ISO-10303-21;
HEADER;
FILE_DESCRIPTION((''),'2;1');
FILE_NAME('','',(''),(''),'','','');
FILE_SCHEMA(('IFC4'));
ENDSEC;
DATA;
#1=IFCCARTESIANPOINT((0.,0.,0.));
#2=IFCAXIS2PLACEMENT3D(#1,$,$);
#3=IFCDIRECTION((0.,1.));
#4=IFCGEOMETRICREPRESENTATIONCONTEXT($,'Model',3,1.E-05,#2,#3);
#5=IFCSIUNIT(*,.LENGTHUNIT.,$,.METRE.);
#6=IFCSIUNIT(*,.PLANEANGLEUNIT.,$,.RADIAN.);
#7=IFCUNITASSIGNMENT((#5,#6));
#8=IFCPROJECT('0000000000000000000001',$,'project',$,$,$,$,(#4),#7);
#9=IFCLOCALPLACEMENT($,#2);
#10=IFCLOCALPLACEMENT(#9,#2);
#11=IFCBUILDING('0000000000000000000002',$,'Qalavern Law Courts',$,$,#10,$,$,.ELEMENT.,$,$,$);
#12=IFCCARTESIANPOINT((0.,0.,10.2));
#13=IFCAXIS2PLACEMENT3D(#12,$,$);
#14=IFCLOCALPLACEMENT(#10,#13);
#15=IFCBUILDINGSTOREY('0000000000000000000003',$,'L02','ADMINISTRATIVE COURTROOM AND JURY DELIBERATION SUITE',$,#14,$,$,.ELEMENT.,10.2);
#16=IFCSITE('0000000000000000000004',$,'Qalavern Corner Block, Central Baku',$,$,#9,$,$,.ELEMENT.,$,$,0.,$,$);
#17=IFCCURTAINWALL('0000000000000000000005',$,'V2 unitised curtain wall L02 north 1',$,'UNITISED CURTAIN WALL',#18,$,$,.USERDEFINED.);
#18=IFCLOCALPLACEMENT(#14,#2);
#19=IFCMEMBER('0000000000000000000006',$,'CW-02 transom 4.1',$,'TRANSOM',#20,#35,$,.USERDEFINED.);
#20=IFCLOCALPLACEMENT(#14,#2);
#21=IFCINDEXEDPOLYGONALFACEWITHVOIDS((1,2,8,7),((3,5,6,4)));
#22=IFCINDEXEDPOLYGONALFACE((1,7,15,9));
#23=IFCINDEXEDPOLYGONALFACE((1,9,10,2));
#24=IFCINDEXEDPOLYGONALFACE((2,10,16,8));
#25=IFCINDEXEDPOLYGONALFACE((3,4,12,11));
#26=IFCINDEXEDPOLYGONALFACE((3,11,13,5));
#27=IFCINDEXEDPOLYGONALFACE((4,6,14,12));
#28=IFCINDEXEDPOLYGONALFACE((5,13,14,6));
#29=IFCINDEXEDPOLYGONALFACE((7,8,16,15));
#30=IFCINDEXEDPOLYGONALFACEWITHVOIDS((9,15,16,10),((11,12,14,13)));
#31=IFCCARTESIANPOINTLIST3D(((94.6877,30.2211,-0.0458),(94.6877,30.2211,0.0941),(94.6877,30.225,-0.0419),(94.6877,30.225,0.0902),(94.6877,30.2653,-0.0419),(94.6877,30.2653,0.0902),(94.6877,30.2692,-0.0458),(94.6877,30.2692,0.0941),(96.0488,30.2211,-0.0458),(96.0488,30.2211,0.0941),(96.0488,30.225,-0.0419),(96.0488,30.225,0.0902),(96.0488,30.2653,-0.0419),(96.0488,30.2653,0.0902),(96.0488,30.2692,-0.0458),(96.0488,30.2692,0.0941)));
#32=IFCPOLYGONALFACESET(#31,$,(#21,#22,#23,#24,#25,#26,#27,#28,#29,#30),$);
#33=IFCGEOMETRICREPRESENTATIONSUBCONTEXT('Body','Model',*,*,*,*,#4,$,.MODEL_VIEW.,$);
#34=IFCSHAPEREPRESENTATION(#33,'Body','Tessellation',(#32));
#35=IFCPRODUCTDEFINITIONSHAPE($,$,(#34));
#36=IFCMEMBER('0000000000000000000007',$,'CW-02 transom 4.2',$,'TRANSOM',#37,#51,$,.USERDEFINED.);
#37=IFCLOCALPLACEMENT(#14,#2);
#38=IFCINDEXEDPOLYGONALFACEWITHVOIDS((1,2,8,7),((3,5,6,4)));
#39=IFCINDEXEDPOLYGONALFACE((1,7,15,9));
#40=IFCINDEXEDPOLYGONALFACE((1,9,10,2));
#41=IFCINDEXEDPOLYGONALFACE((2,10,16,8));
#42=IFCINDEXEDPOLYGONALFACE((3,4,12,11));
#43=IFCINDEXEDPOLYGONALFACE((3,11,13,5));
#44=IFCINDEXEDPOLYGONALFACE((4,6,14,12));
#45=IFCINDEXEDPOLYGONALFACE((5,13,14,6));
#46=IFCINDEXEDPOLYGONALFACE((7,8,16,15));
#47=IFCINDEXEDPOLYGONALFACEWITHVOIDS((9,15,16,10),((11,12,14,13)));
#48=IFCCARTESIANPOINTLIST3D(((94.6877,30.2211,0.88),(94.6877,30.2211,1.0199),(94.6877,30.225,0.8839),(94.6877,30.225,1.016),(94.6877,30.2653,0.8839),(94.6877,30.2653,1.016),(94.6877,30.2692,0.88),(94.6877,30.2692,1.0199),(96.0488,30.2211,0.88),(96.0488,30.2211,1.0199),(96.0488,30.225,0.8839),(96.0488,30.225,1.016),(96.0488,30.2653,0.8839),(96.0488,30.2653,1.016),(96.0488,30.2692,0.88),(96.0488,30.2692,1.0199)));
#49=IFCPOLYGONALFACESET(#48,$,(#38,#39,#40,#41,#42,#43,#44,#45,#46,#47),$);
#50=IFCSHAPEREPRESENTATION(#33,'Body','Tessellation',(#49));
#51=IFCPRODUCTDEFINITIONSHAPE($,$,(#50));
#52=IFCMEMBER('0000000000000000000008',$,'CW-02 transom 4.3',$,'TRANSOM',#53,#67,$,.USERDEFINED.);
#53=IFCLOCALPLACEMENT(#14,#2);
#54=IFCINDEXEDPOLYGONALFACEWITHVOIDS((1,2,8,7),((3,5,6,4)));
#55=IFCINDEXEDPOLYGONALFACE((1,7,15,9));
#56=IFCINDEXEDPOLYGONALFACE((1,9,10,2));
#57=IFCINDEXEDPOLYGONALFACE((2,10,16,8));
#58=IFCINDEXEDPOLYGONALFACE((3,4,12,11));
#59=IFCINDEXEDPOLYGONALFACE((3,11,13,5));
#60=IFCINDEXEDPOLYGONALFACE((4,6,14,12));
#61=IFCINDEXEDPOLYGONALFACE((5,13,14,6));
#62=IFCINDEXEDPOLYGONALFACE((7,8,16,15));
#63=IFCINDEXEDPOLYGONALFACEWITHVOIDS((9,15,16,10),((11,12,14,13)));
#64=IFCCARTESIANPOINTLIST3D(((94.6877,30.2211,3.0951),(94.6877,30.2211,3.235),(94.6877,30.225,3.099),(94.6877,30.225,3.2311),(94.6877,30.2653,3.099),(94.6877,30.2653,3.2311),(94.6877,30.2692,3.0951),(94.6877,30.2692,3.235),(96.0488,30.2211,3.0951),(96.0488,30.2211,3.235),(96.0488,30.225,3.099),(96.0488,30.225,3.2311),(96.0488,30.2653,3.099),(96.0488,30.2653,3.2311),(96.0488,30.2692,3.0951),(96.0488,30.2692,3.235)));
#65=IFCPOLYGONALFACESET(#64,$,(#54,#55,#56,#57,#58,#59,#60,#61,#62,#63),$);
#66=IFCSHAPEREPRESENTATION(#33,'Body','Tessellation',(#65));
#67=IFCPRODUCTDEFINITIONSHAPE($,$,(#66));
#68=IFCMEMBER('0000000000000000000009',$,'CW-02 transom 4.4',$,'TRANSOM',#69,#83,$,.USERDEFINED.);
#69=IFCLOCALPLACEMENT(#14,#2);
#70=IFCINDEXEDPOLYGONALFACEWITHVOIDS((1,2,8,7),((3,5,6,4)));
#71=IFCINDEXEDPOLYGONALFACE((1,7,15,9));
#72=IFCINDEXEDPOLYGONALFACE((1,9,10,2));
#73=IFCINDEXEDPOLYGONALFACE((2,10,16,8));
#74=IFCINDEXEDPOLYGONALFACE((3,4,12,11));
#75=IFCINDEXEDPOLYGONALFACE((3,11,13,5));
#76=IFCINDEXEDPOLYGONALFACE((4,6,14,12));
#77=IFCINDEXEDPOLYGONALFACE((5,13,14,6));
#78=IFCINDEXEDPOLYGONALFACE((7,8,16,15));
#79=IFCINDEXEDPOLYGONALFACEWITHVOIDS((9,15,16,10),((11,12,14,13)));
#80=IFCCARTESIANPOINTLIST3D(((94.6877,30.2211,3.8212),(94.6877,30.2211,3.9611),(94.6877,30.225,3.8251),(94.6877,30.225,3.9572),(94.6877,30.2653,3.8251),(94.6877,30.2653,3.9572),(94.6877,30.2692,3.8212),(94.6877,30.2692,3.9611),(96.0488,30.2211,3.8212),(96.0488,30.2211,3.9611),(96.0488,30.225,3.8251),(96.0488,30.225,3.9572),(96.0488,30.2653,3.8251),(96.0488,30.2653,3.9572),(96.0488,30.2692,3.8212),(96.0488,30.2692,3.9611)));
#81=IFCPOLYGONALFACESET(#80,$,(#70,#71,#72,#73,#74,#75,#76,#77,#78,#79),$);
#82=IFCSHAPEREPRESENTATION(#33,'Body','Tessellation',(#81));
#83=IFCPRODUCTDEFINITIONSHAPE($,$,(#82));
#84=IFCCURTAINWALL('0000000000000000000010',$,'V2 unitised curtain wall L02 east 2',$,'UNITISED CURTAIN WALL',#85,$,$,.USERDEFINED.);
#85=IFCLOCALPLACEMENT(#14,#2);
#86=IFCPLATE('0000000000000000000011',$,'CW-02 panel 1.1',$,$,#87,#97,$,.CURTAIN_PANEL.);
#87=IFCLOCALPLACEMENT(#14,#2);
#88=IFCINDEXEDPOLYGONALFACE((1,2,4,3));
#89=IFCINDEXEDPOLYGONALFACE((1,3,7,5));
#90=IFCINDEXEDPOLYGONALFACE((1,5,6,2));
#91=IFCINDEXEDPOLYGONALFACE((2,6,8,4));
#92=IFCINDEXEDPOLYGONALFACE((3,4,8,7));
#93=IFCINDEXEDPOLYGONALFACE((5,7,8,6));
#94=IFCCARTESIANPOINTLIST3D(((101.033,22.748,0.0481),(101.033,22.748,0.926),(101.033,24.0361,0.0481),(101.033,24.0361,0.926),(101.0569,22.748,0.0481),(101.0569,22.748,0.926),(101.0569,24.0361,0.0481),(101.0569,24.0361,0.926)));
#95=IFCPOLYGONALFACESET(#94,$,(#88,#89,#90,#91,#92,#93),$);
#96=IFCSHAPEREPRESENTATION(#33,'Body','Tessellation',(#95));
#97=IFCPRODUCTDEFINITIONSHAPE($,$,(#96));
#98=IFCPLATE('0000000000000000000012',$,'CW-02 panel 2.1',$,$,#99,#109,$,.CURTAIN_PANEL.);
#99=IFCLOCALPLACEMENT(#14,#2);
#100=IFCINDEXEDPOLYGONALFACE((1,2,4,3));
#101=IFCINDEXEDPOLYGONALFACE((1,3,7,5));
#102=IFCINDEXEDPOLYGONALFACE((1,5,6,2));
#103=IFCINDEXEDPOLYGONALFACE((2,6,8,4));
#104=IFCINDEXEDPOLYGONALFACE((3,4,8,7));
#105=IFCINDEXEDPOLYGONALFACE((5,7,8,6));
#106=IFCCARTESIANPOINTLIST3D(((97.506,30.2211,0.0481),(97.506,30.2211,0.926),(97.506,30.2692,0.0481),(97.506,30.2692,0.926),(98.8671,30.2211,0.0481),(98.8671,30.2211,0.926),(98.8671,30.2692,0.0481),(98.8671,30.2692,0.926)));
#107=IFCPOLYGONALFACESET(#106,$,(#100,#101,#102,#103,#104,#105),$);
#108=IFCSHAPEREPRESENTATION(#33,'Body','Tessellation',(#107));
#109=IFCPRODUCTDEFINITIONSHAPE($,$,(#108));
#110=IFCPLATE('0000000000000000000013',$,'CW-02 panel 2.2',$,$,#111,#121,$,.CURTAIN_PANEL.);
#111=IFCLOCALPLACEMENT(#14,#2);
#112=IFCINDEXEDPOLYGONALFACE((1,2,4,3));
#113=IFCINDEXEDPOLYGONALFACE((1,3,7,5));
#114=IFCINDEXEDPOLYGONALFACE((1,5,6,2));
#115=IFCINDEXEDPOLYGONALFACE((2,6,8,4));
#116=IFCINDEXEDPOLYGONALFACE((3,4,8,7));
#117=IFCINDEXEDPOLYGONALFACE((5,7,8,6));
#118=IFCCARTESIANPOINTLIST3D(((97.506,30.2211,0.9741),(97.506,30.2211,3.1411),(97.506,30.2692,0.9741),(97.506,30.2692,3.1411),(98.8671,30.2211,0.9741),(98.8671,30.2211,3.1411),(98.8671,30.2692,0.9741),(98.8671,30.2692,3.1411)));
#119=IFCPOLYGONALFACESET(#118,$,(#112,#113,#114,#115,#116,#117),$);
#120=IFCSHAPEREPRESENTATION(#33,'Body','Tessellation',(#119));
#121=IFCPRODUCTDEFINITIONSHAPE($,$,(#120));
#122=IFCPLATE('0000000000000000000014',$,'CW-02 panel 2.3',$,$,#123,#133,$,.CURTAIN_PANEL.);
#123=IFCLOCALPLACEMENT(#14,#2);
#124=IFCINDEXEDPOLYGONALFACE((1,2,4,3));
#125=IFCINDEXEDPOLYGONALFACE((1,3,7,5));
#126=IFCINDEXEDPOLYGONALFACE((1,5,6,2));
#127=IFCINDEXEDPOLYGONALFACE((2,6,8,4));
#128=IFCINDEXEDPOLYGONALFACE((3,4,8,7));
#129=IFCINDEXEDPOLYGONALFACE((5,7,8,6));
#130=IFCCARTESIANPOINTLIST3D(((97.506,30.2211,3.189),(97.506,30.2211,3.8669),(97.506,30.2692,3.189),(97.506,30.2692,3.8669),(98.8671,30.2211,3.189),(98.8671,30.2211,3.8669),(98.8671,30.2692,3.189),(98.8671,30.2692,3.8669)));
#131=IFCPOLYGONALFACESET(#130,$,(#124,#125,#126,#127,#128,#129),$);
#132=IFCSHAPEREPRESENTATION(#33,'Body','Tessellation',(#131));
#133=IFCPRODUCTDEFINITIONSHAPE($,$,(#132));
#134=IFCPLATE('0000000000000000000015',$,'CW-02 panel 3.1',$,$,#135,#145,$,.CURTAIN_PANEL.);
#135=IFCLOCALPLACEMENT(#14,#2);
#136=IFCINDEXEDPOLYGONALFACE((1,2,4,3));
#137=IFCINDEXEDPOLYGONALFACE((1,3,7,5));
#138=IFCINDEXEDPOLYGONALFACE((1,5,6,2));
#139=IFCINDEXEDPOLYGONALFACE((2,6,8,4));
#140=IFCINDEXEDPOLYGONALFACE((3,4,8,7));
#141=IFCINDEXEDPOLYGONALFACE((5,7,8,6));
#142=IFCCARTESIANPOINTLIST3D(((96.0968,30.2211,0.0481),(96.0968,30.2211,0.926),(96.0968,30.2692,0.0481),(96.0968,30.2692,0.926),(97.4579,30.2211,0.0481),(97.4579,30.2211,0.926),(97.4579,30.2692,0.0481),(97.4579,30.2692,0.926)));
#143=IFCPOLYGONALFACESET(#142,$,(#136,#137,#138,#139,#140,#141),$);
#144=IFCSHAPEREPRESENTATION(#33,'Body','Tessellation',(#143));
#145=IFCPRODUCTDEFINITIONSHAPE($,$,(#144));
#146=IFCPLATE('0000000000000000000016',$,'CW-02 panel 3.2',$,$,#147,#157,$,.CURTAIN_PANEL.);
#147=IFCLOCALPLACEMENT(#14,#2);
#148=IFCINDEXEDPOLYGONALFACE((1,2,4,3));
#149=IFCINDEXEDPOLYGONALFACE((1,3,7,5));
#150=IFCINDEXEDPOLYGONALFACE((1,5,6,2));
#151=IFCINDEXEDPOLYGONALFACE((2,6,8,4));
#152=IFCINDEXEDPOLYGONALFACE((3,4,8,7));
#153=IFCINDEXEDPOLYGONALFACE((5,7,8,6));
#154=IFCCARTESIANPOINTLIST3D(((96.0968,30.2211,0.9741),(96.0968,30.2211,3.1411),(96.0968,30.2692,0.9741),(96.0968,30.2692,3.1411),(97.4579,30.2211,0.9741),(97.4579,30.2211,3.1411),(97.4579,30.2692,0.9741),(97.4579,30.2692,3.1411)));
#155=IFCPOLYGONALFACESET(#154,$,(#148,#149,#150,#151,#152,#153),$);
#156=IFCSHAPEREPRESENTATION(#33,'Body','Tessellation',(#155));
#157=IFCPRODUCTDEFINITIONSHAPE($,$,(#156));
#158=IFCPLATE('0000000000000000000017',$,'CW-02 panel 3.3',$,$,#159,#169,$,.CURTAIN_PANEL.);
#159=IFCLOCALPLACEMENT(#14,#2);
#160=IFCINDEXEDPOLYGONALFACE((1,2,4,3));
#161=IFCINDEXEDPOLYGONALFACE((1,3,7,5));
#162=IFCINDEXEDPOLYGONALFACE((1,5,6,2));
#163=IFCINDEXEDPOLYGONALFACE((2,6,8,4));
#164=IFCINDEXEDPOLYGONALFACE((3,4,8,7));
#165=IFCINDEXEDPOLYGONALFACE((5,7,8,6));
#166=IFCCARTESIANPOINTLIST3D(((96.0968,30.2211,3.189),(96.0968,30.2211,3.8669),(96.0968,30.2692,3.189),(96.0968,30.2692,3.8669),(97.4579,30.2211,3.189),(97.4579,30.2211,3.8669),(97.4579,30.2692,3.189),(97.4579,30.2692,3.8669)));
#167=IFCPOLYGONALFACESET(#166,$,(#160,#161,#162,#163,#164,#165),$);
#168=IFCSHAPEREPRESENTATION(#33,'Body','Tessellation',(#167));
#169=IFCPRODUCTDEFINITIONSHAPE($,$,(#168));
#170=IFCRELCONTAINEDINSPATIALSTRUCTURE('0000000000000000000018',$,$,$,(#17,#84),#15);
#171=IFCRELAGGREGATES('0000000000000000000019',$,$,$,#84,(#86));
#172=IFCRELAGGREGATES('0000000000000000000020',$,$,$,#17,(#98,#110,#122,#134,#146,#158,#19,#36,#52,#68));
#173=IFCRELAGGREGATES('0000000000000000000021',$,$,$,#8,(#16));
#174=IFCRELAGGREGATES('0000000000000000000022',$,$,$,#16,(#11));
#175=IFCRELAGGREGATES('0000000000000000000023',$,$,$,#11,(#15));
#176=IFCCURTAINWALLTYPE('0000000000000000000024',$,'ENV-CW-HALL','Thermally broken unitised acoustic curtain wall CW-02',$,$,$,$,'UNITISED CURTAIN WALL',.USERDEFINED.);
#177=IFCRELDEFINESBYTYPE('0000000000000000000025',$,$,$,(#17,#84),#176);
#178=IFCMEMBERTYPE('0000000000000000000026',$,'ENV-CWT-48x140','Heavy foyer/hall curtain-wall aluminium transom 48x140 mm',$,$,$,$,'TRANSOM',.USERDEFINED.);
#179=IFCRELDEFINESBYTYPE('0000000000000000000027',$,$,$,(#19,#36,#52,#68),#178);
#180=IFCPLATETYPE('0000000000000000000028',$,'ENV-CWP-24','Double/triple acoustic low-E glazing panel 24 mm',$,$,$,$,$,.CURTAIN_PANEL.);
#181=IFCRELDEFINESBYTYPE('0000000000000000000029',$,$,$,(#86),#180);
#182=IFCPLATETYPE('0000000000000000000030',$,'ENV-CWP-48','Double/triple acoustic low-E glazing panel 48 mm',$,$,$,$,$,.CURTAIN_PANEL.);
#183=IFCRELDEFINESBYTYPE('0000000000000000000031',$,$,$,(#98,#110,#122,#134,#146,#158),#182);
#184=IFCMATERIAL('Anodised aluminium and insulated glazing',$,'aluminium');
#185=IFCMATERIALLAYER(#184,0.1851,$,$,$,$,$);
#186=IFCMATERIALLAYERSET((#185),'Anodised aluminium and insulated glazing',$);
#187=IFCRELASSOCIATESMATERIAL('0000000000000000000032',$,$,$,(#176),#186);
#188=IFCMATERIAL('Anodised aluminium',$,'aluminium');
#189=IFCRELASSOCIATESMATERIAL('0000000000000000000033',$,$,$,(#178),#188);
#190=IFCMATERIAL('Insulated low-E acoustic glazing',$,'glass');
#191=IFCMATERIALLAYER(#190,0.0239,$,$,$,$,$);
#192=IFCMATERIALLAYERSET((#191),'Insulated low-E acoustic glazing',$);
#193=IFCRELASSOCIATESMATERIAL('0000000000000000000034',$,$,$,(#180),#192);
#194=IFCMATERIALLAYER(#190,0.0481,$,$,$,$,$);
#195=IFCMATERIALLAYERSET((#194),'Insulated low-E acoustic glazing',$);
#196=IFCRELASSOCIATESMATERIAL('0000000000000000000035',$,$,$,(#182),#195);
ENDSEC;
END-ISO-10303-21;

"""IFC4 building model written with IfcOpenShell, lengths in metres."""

from ifc_helpers import new_model, si_unit, direction, frame, origin, origin_2d, place, context, subcontext, project, spatial, rectangle, hollow_rectangle, extrude, material, layer, layer_set, material_profile, profile_set, type_object, element, aggregate, save


model = new_model("IFC4")

# Units and contexts
model_context = context("Model", 3, precision=1e-05, world=origin(), true_north=direction((0.0, 1.0)))
body_context = subcontext(model_context, "Body", "Model", "MODEL_VIEW")
ifc_project = project(units=[si_unit("LENGTHUNIT", "METRE"), si_unit("PLANEANGLEUNIT", "RADIAN")], contexts=[model_context])

# Site, building, storey
site_placement = place(None, origin())
site = spatial("IfcSite", under=ifc_project, at=site_placement, Name="Qalavern Corner Block, Central Baku", CompositionType="ELEMENT", RefElevation=0.0)
building_placement = place(site_placement, origin())
building = spatial("IfcBuilding", under=site, at=building_placement, Name="Qalavern Law Courts", CompositionType="ELEMENT")
storey_placement = place(building_placement, frame((0.0, 0.0, 10.2)))
storey = spatial("IfcBuildingStorey", under=building, at=storey_placement, Name="L02", Description="ADMINISTRATIVE COURTROOM AND JURY DELIBERATION SUITE", CompositionType="ELEMENT", Elevation=10.2)

# Curtain wall, members
ifc_material_1 = material(Name="Anodised aluminium and insulated glazing", Category="aluminium")
ifc_layer_1 = layer(ifc_material_1, 0.1851)
ifc_layer_set_1 = layer_set([ifc_layer_1], Name="Anodised aluminium and insulated glazing")
curtain_wall_type = type_object("IfcCurtainWallType", Name="ENV-CW-HALL", Description="Thermally broken unitised acoustic curtain wall CW-02", ElementType="UNITISED CURTAIN WALL", PredefinedType="USERDEFINED", material=ifc_layer_set_1)
curtain_wall_1_placement = place(storey_placement, origin())
curtain_wall_1 = element("IfcCurtainWall", 1, at=curtain_wall_1_placement, inside=storey, type_object=curtain_wall_type, Name="V2 unitised curtain wall L02 north 1", ObjectType="UNITISED CURTAIN WALL", PredefinedType="USERDEFINED")
ifc_material_2 = material(Name="Anodised aluminium", Category="aluminium")
ifc_material_profile_1 = material_profile(ifc_material_2, hollow_rectangle(XDim=0.0481, YDim=0.1399, WallThickness=0.0039, at=origin_2d()), Name="ALU TRANSOM 48x140")
ifc_profile_set_1 = profile_set([ifc_material_profile_1], Name="Anodised aluminium")
member_type_1 = type_object("IfcMemberType", Name="ENV-CWT-48x140", Description="Heavy foyer/hall curtain-wall aluminium transom 48x140 mm", ElementType="TRANSOM", PredefinedType="USERDEFINED", material=ifc_profile_set_1)
member_1_placement = place(storey_placement, frame((96.0488, 30.2451, 0.0242), z_axis=(-1.0, 0.0, 0.0), x_axis=(0.0, -1.0, 0.0)))
member_1 = element("IfcMember", 2, at=member_1_placement, type_object=member_type_1, Name="CW-02 transom 4.1", ObjectType="TRANSOM", PredefinedType="USERDEFINED", context=body_context, shape_type="SweptSolid", body=[
    extrude(hollow_rectangle(XDim=0.0481, YDim=0.1399, WallThickness=0.0039, at=origin_2d()), origin(), (0.0, 0.0, 1.0), 1.3611),
])
member_2_placement = place(storey_placement, frame((96.0488, 30.2451, 0.95), z_axis=(-1.0, 0.0, 0.0), x_axis=(0.0, -1.0, 0.0)))
member_2 = element("IfcMember", 3, at=member_2_placement, type_object=member_type_1, Name="CW-02 transom 4.2", ObjectType="TRANSOM", PredefinedType="USERDEFINED", context=body_context, shape_type="SweptSolid", body=[
    extrude(hollow_rectangle(XDim=0.0481, YDim=0.1399, WallThickness=0.0039, at=origin_2d()), origin(), (0.0, 0.0, 1.0), 1.3611),
])
member_3_placement = place(storey_placement, frame((96.0488, 30.2451, 3.165), z_axis=(-1.0, 0.0, 0.0), x_axis=(0.0, -1.0, 0.0)))
member_3 = element("IfcMember", 4, at=member_3_placement, type_object=member_type_1, Name="CW-02 transom 4.3", ObjectType="TRANSOM", PredefinedType="USERDEFINED", context=body_context, shape_type="SweptSolid", body=[
    extrude(hollow_rectangle(XDim=0.0481, YDim=0.1399, WallThickness=0.0039, at=origin_2d()), origin(), (0.0, 0.0, 1.0), 1.3611),
])
member_4_placement = place(storey_placement, frame((96.0488, 30.2451, 3.8911), z_axis=(-1.0, 0.0, 0.0), x_axis=(0.0, -1.0, 0.0)))
member_4 = element("IfcMember", 5, at=member_4_placement, type_object=member_type_1, Name="CW-02 transom 4.4", ObjectType="TRANSOM", PredefinedType="USERDEFINED", context=body_context, shape_type="SweptSolid", body=[
    extrude(hollow_rectangle(XDim=0.0481, YDim=0.1399, WallThickness=0.0039, at=origin_2d()), origin(), (0.0, 0.0, 1.0), 1.3611),
])

# Curtain wall, plate
curtain_wall_2_placement = place(storey_placement, origin())
curtain_wall_2 = element("IfcCurtainWall", 6, at=curtain_wall_2_placement, inside=storey, type_object=curtain_wall_type, Name="V2 unitised curtain wall L02 east 2", ObjectType="UNITISED CURTAIN WALL", PredefinedType="USERDEFINED")
ifc_material_3 = material(Name="Insulated low-E acoustic glazing", Category="glass")
ifc_layer_2 = layer(ifc_material_3, 0.0239)
ifc_layer_set_2 = layer_set([ifc_layer_2], Name="Insulated low-E acoustic glazing")
plate_type_1 = type_object("IfcPlateType", Name="ENV-CWP-24", Description="Double/triple acoustic low-E glazing panel 24 mm", PredefinedType="CURTAIN_PANEL", material=ifc_layer_set_2)
plate_1_placement = place(storey_placement, frame((101.0449, 23.3921, 0.0481), z_axis=(0.0, 0.0, 1.0), x_axis=(0.0, 1.0, 0.0)))
plate_1 = element("IfcPlate", 7, at=plate_1_placement, type_object=plate_type_1, Name="CW-02 panel 1.1", PredefinedType="CURTAIN_PANEL", context=body_context, shape_type="SweptSolid", body=[
    extrude(rectangle(XDim=1.2881, YDim=0.0239, at=origin_2d()), origin(), (0.0, 0.0, 1.0), 0.8779),
])
aggregate(curtain_wall_2, [plate_1])

# Plates
ifc_layer_3 = layer(ifc_material_3, 0.0481)
ifc_layer_set_3 = layer_set([ifc_layer_3], Name="Insulated low-E acoustic glazing")
plate_type_2 = type_object("IfcPlateType", Name="ENV-CWP-48", Description="Double/triple acoustic low-E glazing panel 48 mm", PredefinedType="CURTAIN_PANEL", material=ifc_layer_set_3)
plate_2_placement = place(storey_placement, frame((98.1865, 30.2451, 0.0481), z_axis=(0.0, 0.0, 1.0), x_axis=(-1.0, 0.0, 0.0)))
plate_2 = element("IfcPlate", 8, at=plate_2_placement, type_object=plate_type_2, Name="CW-02 panel 2.1", PredefinedType="CURTAIN_PANEL", context=body_context, shape_type="SweptSolid", body=[
    extrude(rectangle(XDim=1.3611, YDim=0.0481, at=origin_2d()), origin(), (0.0, 0.0, 1.0), 0.8779),
])
plate_3_placement = place(storey_placement, frame((98.1865, 30.2451, 0.9741), z_axis=(0.0, 0.0, 1.0), x_axis=(-1.0, 0.0, 0.0)))
plate_3 = element("IfcPlate", 9, at=plate_3_placement, type_object=plate_type_2, Name="CW-02 panel 2.2", PredefinedType="CURTAIN_PANEL", context=body_context, shape_type="SweptSolid", body=[
    extrude(rectangle(XDim=1.3611, YDim=0.0481, at=origin_2d()), origin(), (0.0, 0.0, 1.0), 2.167),
])
plate_4_placement = place(storey_placement, frame((98.1865, 30.2451, 3.189), z_axis=(0.0, 0.0, 1.0), x_axis=(-1.0, 0.0, 0.0)))
plate_4 = element("IfcPlate", 10, at=plate_4_placement, type_object=plate_type_2, Name="CW-02 panel 2.3", PredefinedType="CURTAIN_PANEL", context=body_context, shape_type="SweptSolid", body=[
    extrude(rectangle(XDim=1.3611, YDim=0.0481, at=origin_2d()), origin(), (0.0, 0.0, 1.0), 0.678),
])
plate_5_placement = place(storey_placement, frame((96.7773, 30.2451, 0.0481), z_axis=(0.0, 0.0, 1.0), x_axis=(-1.0, 0.0, 0.0)))
plate_5 = element("IfcPlate", 11, at=plate_5_placement, type_object=plate_type_2, Name="CW-02 panel 3.1", PredefinedType="CURTAIN_PANEL", context=body_context, shape_type="SweptSolid", body=[
    extrude(rectangle(XDim=1.3611, YDim=0.0481, at=origin_2d()), origin(), (0.0, 0.0, 1.0), 0.8779),
])
plate_6_placement = place(storey_placement, frame((96.7773, 30.2451, 0.9741), z_axis=(0.0, 0.0, 1.0), x_axis=(-1.0, 0.0, 0.0)))
plate_6 = element("IfcPlate", 12, at=plate_6_placement, type_object=plate_type_2, Name="CW-02 panel 3.2", PredefinedType="CURTAIN_PANEL", context=body_context, shape_type="SweptSolid", body=[
    extrude(rectangle(XDim=1.3611, YDim=0.0481, at=origin_2d()), origin(), (0.0, 0.0, 1.0), 2.167),
])
plate_7_placement = place(storey_placement, frame((96.7773, 30.2451, 3.189), z_axis=(0.0, 0.0, 1.0), x_axis=(-1.0, 0.0, 0.0)))
plate_7 = element("IfcPlate", 13, at=plate_7_placement, type_object=plate_type_2, Name="CW-02 panel 3.3", PredefinedType="CURTAIN_PANEL", context=body_context, shape_type="SweptSolid", body=[
    extrude(rectangle(XDim=1.3611, YDim=0.0481, at=origin_2d()), origin(), (0.0, 0.0, 1.0), 0.678),
])
aggregate(curtain_wall_1, [plate_2, plate_3, plate_4, plate_5, plate_6, plate_7, member_1, member_2, member_3, member_4])

save(model, "model.ifc")
